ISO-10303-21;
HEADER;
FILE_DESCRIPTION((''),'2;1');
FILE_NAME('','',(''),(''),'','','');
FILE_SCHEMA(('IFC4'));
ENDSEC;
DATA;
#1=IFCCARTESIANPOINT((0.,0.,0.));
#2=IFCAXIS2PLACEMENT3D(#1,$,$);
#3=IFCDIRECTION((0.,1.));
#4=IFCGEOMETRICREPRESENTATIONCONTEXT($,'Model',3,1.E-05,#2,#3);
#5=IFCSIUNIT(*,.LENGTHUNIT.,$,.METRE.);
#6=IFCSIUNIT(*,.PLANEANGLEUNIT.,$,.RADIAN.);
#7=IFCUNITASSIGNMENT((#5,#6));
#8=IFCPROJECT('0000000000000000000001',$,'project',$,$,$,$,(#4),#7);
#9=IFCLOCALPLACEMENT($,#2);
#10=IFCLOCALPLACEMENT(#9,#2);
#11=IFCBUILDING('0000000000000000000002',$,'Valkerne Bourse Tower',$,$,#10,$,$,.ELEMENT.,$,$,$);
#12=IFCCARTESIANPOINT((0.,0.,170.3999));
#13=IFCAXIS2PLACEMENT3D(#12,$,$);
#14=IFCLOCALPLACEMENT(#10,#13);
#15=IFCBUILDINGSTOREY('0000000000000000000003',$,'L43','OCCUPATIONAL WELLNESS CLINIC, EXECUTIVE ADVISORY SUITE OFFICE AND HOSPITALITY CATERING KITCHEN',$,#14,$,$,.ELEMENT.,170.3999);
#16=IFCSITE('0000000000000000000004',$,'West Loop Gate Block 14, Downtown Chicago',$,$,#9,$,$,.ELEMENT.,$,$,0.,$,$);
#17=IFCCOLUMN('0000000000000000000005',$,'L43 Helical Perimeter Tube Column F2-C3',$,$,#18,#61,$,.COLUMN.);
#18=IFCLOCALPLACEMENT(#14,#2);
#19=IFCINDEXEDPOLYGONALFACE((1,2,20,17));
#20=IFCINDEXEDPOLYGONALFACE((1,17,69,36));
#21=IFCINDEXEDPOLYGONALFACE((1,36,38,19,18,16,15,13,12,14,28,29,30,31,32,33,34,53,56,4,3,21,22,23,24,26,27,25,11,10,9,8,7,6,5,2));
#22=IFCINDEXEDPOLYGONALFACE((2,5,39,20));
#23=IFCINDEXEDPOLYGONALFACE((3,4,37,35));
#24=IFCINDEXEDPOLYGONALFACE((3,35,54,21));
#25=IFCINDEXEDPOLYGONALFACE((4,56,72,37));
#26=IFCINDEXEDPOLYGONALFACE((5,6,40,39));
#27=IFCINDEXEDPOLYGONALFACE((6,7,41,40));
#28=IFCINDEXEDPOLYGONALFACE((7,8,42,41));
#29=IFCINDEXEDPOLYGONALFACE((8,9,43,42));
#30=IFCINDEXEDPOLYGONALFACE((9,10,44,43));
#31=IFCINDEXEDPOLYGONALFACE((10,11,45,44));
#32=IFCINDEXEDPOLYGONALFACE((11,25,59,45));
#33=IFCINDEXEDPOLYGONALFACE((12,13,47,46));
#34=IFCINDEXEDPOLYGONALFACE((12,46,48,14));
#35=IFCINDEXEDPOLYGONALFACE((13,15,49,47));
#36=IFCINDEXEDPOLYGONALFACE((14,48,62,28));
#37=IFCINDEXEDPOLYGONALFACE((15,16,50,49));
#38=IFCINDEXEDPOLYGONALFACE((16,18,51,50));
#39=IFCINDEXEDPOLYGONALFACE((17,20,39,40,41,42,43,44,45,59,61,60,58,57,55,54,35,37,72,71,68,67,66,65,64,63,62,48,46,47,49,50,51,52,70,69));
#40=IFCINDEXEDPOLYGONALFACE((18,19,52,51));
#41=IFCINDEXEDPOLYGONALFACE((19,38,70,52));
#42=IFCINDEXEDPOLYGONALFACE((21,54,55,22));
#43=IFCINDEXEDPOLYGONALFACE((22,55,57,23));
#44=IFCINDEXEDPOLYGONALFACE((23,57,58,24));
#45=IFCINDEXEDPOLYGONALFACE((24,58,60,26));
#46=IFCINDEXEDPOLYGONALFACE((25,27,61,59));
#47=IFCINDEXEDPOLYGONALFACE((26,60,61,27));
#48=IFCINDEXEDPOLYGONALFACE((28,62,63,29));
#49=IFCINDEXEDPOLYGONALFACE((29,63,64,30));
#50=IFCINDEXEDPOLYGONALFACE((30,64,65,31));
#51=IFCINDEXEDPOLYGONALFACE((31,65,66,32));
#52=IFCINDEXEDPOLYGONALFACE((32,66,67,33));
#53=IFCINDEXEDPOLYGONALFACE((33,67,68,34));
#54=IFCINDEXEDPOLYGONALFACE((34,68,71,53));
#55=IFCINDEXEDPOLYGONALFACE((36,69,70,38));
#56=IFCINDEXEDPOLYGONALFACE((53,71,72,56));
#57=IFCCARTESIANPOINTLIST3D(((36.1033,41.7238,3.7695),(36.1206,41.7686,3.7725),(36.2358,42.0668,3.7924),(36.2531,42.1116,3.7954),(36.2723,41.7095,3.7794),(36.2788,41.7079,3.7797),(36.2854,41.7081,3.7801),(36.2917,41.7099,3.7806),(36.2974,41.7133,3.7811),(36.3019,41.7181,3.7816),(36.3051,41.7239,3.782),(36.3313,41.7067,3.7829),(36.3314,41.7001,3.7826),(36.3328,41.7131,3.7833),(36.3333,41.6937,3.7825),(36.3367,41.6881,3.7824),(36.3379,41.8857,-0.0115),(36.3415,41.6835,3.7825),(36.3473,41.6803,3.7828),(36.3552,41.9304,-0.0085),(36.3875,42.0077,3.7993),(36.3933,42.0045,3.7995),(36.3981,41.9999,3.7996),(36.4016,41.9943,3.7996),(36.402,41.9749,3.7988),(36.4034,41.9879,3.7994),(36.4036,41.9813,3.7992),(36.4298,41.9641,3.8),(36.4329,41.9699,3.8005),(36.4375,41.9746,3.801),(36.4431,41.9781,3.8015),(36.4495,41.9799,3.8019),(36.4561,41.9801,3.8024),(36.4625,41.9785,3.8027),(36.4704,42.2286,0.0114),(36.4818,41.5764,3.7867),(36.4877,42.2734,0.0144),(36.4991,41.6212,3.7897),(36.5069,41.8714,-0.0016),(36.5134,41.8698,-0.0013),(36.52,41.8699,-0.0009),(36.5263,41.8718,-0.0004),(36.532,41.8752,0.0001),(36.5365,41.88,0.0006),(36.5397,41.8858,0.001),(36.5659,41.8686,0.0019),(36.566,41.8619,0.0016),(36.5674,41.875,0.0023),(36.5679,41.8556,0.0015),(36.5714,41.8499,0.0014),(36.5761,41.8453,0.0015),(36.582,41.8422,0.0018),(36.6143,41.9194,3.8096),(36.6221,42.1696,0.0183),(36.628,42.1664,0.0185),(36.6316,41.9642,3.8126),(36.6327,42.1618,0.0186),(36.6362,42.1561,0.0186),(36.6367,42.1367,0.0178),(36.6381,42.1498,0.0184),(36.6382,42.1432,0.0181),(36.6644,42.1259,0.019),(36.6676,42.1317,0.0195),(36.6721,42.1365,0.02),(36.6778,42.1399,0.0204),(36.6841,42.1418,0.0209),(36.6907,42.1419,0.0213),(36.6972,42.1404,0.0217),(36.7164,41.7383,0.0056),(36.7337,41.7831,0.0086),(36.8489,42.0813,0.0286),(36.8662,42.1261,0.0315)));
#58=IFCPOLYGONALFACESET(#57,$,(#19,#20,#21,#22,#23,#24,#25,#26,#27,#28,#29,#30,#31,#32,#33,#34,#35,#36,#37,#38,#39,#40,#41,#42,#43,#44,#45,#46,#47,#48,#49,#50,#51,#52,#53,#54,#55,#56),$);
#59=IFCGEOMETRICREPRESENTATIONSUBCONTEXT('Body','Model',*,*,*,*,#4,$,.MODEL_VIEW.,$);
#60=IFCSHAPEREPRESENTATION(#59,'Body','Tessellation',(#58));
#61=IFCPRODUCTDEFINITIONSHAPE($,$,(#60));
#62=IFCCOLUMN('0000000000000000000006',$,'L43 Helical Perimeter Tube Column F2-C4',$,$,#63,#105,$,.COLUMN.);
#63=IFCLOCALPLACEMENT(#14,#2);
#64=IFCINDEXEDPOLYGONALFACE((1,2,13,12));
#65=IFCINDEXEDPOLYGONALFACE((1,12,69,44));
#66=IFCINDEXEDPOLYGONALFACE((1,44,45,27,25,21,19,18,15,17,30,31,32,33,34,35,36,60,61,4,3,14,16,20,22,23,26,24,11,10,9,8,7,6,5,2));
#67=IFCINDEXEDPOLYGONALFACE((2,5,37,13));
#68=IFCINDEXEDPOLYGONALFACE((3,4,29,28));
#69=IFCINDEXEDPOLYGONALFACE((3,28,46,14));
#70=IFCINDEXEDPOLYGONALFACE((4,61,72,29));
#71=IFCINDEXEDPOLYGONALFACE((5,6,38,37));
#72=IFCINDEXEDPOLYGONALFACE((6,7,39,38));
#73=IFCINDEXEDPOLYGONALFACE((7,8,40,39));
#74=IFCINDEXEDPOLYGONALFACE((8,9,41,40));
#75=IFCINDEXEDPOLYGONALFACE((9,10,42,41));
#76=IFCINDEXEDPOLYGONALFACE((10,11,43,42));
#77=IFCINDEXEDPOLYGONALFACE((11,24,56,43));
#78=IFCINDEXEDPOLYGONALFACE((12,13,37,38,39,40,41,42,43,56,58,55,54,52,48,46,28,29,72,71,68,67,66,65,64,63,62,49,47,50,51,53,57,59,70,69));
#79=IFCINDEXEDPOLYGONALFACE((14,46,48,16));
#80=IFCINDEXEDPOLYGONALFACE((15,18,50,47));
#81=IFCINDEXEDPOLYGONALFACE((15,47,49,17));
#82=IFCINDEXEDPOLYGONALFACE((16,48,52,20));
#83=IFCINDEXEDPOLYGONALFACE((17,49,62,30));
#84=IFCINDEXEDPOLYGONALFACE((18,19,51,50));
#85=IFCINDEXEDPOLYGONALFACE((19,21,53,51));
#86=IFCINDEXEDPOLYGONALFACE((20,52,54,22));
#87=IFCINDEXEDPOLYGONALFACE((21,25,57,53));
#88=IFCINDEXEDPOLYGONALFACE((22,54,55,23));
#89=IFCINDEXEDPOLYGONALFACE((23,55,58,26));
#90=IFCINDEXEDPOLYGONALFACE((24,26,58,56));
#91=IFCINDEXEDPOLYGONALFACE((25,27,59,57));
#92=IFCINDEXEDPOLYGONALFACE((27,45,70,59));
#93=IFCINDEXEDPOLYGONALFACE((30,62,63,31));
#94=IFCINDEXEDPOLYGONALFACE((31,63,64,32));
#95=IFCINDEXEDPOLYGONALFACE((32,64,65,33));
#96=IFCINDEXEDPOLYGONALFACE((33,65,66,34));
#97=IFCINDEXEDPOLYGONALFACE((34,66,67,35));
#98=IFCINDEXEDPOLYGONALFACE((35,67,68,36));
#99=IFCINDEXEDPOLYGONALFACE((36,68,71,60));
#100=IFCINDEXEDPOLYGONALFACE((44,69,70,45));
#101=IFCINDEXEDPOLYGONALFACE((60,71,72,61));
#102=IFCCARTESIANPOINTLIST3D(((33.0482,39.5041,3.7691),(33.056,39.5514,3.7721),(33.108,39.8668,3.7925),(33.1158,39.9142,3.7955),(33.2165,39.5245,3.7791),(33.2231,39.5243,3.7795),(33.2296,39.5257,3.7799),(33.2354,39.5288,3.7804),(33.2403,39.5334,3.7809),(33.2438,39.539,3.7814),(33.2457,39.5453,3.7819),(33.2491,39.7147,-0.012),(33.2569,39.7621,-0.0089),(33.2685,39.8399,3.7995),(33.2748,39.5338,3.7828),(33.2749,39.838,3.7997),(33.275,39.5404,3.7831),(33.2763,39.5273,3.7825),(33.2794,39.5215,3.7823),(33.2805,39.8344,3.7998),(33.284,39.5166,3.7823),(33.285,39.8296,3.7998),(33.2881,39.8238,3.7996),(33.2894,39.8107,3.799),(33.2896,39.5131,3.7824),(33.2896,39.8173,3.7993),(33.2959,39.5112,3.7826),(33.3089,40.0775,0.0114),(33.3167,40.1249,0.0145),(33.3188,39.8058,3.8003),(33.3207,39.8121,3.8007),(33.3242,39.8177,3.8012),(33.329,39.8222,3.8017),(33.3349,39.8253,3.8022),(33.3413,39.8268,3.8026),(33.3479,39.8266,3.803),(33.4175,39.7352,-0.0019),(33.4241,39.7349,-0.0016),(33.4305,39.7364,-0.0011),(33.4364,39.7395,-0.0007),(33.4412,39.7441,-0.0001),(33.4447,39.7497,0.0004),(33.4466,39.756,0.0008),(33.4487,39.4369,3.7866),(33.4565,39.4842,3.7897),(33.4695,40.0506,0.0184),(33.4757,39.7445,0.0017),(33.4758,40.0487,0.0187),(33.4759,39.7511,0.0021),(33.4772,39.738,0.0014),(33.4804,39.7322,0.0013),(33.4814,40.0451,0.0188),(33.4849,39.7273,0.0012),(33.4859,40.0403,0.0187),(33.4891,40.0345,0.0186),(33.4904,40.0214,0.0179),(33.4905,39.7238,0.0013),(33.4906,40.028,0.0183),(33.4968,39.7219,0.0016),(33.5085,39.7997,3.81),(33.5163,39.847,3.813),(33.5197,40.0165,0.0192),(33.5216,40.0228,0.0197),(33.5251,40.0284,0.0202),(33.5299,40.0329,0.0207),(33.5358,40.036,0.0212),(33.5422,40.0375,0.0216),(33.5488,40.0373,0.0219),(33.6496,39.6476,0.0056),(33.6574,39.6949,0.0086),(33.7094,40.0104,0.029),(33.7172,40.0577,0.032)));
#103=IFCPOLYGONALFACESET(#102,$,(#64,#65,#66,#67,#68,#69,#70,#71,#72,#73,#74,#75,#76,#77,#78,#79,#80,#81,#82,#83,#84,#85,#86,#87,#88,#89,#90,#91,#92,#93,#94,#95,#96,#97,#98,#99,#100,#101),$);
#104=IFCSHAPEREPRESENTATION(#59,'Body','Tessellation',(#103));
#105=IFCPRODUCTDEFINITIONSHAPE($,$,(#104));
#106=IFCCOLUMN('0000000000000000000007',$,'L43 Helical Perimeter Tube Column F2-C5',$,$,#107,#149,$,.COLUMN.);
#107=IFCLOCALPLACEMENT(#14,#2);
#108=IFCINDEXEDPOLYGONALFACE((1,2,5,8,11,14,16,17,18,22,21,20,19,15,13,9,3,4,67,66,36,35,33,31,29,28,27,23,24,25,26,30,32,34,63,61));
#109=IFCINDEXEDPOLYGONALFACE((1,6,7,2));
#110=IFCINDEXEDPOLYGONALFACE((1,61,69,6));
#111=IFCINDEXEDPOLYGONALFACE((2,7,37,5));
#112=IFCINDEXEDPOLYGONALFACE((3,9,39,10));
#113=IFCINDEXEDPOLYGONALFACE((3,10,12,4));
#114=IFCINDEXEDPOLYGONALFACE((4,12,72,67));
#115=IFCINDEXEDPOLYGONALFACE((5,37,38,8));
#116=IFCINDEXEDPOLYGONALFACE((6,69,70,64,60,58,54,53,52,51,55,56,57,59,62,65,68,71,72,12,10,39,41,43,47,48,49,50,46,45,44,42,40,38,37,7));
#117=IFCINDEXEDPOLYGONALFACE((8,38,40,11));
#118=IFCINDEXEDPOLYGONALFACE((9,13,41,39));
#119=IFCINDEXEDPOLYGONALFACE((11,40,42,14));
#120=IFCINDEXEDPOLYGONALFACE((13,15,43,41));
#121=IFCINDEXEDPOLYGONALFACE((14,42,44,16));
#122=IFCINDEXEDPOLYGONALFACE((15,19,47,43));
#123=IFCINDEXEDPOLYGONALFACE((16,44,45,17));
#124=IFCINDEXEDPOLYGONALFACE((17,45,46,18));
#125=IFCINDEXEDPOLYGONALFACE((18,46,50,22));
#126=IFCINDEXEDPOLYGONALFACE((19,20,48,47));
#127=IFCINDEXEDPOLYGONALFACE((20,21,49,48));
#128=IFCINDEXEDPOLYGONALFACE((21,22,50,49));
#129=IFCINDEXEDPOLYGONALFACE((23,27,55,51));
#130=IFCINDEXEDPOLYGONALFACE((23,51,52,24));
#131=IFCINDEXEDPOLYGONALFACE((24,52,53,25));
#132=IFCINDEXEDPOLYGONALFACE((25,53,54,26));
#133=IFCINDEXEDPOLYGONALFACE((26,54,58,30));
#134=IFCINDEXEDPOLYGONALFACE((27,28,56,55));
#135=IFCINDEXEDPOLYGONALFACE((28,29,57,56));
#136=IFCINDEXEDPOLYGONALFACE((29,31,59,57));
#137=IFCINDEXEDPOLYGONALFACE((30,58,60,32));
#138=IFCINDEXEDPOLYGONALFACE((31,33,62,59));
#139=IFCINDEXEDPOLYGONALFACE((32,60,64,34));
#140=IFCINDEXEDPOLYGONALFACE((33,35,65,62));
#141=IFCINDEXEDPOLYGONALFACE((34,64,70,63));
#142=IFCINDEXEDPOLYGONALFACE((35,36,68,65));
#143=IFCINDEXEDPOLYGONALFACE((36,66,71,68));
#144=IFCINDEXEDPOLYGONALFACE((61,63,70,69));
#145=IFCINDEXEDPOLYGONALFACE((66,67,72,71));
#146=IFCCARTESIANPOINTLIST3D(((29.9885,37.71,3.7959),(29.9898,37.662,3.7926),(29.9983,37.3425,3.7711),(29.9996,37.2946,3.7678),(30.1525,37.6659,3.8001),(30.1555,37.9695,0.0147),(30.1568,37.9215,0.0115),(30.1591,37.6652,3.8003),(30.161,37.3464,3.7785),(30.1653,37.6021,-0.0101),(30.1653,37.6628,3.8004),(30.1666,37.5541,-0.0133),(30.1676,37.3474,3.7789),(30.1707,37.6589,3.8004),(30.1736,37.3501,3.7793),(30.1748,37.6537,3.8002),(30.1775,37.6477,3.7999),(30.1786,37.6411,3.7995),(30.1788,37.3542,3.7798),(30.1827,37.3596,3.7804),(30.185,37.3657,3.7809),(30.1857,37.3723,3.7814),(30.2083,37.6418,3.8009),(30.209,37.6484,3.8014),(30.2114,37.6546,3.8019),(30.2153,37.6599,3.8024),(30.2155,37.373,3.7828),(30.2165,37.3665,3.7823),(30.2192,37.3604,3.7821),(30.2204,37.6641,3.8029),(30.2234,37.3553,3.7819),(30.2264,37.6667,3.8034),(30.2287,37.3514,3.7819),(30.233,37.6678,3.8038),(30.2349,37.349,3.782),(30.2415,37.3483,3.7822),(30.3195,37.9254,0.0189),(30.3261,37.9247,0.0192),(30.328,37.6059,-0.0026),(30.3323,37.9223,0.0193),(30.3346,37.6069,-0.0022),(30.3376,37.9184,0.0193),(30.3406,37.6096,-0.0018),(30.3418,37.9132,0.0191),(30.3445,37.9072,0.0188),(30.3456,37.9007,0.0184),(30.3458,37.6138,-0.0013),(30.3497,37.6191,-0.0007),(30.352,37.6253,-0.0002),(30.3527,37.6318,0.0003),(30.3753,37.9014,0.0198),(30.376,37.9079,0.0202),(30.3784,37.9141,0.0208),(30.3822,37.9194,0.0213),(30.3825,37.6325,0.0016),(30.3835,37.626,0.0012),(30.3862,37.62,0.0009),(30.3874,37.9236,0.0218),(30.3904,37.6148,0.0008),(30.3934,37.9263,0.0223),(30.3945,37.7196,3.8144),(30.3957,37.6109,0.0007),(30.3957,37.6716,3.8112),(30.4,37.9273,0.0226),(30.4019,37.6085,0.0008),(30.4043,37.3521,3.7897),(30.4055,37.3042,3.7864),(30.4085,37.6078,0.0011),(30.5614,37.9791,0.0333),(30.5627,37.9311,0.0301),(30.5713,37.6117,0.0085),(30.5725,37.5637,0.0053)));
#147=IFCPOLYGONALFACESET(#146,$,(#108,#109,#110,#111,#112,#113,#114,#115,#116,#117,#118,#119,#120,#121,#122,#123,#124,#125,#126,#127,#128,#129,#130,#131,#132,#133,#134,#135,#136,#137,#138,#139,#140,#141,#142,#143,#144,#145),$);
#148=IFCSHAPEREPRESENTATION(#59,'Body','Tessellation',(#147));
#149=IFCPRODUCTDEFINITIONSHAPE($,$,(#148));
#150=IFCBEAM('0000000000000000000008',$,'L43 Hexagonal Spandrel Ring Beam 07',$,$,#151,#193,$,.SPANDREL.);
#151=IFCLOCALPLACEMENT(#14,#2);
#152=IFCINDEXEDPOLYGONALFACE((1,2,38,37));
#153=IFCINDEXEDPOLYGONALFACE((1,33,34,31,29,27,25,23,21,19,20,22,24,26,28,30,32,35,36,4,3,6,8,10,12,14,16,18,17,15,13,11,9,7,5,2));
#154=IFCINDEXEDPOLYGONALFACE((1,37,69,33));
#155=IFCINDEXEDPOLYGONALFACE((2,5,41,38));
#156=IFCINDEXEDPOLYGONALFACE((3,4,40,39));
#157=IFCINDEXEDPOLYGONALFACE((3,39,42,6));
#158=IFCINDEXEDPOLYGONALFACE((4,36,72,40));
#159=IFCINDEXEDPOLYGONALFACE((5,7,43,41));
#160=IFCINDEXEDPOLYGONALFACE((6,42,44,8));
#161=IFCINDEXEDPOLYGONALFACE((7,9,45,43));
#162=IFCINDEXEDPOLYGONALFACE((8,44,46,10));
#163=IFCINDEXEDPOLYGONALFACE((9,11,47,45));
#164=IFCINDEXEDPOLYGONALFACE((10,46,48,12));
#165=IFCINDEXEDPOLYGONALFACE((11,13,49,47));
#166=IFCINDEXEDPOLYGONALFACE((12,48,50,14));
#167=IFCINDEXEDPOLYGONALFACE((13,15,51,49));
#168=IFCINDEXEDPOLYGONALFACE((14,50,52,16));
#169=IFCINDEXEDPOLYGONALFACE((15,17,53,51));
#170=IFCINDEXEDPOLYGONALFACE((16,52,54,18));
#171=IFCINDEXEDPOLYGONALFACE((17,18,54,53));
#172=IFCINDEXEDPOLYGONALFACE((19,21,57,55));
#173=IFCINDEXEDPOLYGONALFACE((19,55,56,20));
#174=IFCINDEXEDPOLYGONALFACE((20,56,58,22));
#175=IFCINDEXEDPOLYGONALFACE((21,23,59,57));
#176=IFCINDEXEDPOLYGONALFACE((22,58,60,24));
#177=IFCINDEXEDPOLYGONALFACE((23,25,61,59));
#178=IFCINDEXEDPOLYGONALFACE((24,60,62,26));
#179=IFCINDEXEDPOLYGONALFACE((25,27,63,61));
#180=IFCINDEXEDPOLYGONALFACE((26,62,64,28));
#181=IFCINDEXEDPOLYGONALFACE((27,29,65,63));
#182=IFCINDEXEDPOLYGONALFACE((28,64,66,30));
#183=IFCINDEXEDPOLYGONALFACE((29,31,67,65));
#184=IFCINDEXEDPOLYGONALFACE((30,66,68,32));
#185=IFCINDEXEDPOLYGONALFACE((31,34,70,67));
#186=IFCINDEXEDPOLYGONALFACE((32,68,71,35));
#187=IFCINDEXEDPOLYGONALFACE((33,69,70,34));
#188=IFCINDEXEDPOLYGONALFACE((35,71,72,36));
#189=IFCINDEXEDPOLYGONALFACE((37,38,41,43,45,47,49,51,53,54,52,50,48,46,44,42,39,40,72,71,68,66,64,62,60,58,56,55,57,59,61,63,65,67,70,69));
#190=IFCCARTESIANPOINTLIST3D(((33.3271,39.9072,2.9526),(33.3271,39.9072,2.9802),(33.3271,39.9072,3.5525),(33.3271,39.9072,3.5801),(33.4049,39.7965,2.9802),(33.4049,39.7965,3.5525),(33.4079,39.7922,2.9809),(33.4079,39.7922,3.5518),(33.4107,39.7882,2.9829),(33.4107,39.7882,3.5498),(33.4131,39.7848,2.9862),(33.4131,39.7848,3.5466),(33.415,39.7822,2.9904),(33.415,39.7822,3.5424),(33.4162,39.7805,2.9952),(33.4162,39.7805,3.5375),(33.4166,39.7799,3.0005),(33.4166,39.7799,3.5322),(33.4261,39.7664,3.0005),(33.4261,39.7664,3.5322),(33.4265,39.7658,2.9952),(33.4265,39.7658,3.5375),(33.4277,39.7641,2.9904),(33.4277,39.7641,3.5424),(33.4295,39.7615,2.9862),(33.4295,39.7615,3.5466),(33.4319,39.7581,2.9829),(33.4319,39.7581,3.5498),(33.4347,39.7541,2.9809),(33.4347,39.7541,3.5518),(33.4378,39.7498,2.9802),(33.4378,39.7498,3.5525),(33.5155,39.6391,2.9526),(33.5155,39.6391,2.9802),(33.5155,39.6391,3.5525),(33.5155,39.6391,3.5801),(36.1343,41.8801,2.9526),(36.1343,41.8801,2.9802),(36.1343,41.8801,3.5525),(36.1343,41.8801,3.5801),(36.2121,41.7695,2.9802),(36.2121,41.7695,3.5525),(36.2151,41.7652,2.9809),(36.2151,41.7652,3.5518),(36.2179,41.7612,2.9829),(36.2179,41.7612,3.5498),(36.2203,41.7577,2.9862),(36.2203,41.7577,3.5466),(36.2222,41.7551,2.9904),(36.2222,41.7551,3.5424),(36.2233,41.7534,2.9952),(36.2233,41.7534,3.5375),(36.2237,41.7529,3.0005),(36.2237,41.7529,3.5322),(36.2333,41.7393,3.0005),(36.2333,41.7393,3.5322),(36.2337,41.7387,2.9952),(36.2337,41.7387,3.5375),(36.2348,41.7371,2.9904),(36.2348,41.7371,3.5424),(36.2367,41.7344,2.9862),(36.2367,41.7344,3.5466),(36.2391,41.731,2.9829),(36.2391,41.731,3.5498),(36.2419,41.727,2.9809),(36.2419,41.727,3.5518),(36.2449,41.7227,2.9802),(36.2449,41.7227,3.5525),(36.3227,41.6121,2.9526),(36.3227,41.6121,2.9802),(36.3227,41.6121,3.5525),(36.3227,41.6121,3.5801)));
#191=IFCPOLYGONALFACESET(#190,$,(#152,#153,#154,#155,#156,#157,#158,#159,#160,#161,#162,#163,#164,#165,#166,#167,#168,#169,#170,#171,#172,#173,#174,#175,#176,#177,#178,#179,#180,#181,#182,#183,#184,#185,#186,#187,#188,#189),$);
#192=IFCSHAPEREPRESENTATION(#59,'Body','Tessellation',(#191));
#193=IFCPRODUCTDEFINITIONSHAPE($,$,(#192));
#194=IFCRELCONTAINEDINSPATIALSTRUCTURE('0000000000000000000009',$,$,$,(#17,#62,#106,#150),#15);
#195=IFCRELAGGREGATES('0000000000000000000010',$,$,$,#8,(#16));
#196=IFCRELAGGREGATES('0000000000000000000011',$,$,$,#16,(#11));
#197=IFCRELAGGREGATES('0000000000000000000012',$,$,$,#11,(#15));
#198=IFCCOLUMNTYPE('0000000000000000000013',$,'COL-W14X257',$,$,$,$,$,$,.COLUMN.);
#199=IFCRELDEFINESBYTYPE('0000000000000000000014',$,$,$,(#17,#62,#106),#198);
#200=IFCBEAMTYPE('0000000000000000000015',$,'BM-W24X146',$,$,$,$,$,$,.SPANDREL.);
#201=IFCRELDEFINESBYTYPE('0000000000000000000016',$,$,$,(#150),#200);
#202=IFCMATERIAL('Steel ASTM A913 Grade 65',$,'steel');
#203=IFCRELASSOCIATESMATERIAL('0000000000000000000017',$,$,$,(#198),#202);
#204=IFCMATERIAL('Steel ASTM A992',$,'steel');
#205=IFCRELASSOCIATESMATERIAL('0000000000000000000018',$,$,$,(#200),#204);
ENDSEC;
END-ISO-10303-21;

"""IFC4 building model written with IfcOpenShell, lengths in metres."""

from ifc_helpers import new_model, si_unit, direction, frame, origin, origin_2d, place, context, subcontext, project, spatial, i_section, extrude, material, material_profile, profile_set, type_object, element, save


model = new_model("IFC4")

# Units and contexts
model_context = context("Model", 3, precision=1e-05, world=origin(), true_north=direction((0.0, 1.0)))
body_context = subcontext(model_context, "Body", "Model", "MODEL_VIEW")
ifc_project = project(units=[si_unit("LENGTHUNIT", "METRE"), si_unit("PLANEANGLEUNIT", "RADIAN")], contexts=[model_context])

# Site, building, storey
site_placement = place(None, origin())
site = spatial("IfcSite", under=ifc_project, at=site_placement, Name="West Loop Gate Block 14, Downtown Chicago", CompositionType="ELEMENT", RefElevation=0.0)
building_placement = place(site_placement, origin())
building = spatial("IfcBuilding", under=site, at=building_placement, Name="Valkerne Bourse Tower", CompositionType="ELEMENT")
storey_placement = place(building_placement, frame((0.0, 0.0, 170.3999)))
storey = spatial("IfcBuildingStorey", under=building, at=storey_placement, Name="L43", Description="OCCUPATIONAL WELLNESS CLINIC, EXECUTIVE ADVISORY SUITE OFFICE AND HOSPITALITY CATERING KITCHEN", CompositionType="ELEMENT", Elevation=170.3999)

# Columns
ifc_material_1 = material(Name="Steel ASTM A913 Grade 65", Category="steel")
ifc_material_profile_1 = material_profile(ifc_material_1, i_section(OverallWidth=0.4065, OverallDepth=0.4165, WebThickness=0.0298, FlangeThickness=0.0481, FilletRadius=0.0254, at=origin_2d()), Name="W14X257")
ifc_profile_set_1 = profile_set([ifc_material_profile_1], Name="Steel ASTM A913 Grade 65")
column_type = type_object("IfcColumnType", Name="COL-W14X257", PredefinedType="COLUMN", material=ifc_profile_set_1)
column_1_placement = place(storey_placement, frame((36.6021, 42.0059, 0.01), z_axis=(-0.061876, -0.042689, 0.99717), x_axis=(-0.931028, 0.362495, -0.042254)))
element("IfcColumn", 1, at=column_1_placement, inside=storey, type_object=column_type, Name="L43 Helical Perimeter Tube Column F2-C3", PredefinedType="COLUMN", context=body_context, shape_type="SweptSolid", body=[
    extrude(i_section(OverallWidth=0.4065, OverallDepth=0.4165, WebThickness=0.0298, FlangeThickness=0.0481, FilletRadius=0.0254, at=origin_2d()), origin(), (0.0, 0.0, 1.0), 3.7917),
])
column_2_placement = place(storey_placement, frame((33.4832, 39.8862, 0.01), z_axis=(-0.052984, -0.05556, 0.997049), x_axis=(-0.98531, 0.165231, -0.043153)))
element("IfcColumn", 2, at=column_2_placement, inside=storey, type_object=column_type, Name="L43 Helical Perimeter Tube Column F2-C4", PredefinedType="COLUMN", context=body_context, shape_type="SweptSolid", body=[
    extrude(i_section(OverallWidth=0.4065, OverallDepth=0.4165, WebThickness=0.0298, FlangeThickness=0.0481, FilletRadius=0.0254, at=origin_2d()), origin(), (0.0, 0.0, 1.0), 3.7922),
])
column_3_placement = place(storey_placement, frame((30.364, 37.7666, 0.01), z_axis=(-0.04402, -0.068411, 0.996686), x_axis=(-0.998676, -0.023568, -0.045725)))
element("IfcColumn", 3, at=column_3_placement, inside=storey, type_object=column_type, Name="L43 Helical Perimeter Tube Column F2-C5", PredefinedType="COLUMN", context=body_context, shape_type="SweptSolid", body=[
    extrude(i_section(OverallWidth=0.4065, OverallDepth=0.4165, WebThickness=0.0298, FlangeThickness=0.0481, FilletRadius=0.0254, at=origin_2d()), origin(), (0.0, 0.0, 1.0), 3.7937),
])

# Beam
ifc_material_2 = material(Name="Steel ASTM A992", Category="steel")
ifc_material_profile_2 = material_profile(ifc_material_2, i_section(OverallWidth=0.3276, OverallDepth=0.6274, WebThickness=0.0166, FlangeThickness=0.0276, FilletRadius=0.0203, at=origin_2d()), Name="W24X146")
ifc_profile_set_2 = profile_set([ifc_material_profile_2], Name="Steel ASTM A992")
beam_type_1 = type_object("IfcBeamType", Name="BM-W24X146", PredefinedType="SPANDREL", material=ifc_profile_set_2)
beam_1_placement = place(storey_placement, frame((36.2285, 41.7461, 3.2664), z_axis=(-0.818147, -0.575009, 0.0), x_axis=(0.575009, -0.818147, 0.0)))
element("IfcBeam", 4, at=beam_1_placement, inside=storey, type_object=beam_type_1, Name="L43 Hexagonal Spandrel Ring Beam 07", PredefinedType="SPANDREL", context=body_context, shape_type="SweptSolid", body=[
    extrude(i_section(OverallWidth=0.3276, OverallDepth=0.6274, WebThickness=0.0166, FlangeThickness=0.0276, FilletRadius=0.0203, at=origin_2d()), origin(), (0.0, 0.0, 1.0), 3.4312),
])

save(model, "model.ifc")
